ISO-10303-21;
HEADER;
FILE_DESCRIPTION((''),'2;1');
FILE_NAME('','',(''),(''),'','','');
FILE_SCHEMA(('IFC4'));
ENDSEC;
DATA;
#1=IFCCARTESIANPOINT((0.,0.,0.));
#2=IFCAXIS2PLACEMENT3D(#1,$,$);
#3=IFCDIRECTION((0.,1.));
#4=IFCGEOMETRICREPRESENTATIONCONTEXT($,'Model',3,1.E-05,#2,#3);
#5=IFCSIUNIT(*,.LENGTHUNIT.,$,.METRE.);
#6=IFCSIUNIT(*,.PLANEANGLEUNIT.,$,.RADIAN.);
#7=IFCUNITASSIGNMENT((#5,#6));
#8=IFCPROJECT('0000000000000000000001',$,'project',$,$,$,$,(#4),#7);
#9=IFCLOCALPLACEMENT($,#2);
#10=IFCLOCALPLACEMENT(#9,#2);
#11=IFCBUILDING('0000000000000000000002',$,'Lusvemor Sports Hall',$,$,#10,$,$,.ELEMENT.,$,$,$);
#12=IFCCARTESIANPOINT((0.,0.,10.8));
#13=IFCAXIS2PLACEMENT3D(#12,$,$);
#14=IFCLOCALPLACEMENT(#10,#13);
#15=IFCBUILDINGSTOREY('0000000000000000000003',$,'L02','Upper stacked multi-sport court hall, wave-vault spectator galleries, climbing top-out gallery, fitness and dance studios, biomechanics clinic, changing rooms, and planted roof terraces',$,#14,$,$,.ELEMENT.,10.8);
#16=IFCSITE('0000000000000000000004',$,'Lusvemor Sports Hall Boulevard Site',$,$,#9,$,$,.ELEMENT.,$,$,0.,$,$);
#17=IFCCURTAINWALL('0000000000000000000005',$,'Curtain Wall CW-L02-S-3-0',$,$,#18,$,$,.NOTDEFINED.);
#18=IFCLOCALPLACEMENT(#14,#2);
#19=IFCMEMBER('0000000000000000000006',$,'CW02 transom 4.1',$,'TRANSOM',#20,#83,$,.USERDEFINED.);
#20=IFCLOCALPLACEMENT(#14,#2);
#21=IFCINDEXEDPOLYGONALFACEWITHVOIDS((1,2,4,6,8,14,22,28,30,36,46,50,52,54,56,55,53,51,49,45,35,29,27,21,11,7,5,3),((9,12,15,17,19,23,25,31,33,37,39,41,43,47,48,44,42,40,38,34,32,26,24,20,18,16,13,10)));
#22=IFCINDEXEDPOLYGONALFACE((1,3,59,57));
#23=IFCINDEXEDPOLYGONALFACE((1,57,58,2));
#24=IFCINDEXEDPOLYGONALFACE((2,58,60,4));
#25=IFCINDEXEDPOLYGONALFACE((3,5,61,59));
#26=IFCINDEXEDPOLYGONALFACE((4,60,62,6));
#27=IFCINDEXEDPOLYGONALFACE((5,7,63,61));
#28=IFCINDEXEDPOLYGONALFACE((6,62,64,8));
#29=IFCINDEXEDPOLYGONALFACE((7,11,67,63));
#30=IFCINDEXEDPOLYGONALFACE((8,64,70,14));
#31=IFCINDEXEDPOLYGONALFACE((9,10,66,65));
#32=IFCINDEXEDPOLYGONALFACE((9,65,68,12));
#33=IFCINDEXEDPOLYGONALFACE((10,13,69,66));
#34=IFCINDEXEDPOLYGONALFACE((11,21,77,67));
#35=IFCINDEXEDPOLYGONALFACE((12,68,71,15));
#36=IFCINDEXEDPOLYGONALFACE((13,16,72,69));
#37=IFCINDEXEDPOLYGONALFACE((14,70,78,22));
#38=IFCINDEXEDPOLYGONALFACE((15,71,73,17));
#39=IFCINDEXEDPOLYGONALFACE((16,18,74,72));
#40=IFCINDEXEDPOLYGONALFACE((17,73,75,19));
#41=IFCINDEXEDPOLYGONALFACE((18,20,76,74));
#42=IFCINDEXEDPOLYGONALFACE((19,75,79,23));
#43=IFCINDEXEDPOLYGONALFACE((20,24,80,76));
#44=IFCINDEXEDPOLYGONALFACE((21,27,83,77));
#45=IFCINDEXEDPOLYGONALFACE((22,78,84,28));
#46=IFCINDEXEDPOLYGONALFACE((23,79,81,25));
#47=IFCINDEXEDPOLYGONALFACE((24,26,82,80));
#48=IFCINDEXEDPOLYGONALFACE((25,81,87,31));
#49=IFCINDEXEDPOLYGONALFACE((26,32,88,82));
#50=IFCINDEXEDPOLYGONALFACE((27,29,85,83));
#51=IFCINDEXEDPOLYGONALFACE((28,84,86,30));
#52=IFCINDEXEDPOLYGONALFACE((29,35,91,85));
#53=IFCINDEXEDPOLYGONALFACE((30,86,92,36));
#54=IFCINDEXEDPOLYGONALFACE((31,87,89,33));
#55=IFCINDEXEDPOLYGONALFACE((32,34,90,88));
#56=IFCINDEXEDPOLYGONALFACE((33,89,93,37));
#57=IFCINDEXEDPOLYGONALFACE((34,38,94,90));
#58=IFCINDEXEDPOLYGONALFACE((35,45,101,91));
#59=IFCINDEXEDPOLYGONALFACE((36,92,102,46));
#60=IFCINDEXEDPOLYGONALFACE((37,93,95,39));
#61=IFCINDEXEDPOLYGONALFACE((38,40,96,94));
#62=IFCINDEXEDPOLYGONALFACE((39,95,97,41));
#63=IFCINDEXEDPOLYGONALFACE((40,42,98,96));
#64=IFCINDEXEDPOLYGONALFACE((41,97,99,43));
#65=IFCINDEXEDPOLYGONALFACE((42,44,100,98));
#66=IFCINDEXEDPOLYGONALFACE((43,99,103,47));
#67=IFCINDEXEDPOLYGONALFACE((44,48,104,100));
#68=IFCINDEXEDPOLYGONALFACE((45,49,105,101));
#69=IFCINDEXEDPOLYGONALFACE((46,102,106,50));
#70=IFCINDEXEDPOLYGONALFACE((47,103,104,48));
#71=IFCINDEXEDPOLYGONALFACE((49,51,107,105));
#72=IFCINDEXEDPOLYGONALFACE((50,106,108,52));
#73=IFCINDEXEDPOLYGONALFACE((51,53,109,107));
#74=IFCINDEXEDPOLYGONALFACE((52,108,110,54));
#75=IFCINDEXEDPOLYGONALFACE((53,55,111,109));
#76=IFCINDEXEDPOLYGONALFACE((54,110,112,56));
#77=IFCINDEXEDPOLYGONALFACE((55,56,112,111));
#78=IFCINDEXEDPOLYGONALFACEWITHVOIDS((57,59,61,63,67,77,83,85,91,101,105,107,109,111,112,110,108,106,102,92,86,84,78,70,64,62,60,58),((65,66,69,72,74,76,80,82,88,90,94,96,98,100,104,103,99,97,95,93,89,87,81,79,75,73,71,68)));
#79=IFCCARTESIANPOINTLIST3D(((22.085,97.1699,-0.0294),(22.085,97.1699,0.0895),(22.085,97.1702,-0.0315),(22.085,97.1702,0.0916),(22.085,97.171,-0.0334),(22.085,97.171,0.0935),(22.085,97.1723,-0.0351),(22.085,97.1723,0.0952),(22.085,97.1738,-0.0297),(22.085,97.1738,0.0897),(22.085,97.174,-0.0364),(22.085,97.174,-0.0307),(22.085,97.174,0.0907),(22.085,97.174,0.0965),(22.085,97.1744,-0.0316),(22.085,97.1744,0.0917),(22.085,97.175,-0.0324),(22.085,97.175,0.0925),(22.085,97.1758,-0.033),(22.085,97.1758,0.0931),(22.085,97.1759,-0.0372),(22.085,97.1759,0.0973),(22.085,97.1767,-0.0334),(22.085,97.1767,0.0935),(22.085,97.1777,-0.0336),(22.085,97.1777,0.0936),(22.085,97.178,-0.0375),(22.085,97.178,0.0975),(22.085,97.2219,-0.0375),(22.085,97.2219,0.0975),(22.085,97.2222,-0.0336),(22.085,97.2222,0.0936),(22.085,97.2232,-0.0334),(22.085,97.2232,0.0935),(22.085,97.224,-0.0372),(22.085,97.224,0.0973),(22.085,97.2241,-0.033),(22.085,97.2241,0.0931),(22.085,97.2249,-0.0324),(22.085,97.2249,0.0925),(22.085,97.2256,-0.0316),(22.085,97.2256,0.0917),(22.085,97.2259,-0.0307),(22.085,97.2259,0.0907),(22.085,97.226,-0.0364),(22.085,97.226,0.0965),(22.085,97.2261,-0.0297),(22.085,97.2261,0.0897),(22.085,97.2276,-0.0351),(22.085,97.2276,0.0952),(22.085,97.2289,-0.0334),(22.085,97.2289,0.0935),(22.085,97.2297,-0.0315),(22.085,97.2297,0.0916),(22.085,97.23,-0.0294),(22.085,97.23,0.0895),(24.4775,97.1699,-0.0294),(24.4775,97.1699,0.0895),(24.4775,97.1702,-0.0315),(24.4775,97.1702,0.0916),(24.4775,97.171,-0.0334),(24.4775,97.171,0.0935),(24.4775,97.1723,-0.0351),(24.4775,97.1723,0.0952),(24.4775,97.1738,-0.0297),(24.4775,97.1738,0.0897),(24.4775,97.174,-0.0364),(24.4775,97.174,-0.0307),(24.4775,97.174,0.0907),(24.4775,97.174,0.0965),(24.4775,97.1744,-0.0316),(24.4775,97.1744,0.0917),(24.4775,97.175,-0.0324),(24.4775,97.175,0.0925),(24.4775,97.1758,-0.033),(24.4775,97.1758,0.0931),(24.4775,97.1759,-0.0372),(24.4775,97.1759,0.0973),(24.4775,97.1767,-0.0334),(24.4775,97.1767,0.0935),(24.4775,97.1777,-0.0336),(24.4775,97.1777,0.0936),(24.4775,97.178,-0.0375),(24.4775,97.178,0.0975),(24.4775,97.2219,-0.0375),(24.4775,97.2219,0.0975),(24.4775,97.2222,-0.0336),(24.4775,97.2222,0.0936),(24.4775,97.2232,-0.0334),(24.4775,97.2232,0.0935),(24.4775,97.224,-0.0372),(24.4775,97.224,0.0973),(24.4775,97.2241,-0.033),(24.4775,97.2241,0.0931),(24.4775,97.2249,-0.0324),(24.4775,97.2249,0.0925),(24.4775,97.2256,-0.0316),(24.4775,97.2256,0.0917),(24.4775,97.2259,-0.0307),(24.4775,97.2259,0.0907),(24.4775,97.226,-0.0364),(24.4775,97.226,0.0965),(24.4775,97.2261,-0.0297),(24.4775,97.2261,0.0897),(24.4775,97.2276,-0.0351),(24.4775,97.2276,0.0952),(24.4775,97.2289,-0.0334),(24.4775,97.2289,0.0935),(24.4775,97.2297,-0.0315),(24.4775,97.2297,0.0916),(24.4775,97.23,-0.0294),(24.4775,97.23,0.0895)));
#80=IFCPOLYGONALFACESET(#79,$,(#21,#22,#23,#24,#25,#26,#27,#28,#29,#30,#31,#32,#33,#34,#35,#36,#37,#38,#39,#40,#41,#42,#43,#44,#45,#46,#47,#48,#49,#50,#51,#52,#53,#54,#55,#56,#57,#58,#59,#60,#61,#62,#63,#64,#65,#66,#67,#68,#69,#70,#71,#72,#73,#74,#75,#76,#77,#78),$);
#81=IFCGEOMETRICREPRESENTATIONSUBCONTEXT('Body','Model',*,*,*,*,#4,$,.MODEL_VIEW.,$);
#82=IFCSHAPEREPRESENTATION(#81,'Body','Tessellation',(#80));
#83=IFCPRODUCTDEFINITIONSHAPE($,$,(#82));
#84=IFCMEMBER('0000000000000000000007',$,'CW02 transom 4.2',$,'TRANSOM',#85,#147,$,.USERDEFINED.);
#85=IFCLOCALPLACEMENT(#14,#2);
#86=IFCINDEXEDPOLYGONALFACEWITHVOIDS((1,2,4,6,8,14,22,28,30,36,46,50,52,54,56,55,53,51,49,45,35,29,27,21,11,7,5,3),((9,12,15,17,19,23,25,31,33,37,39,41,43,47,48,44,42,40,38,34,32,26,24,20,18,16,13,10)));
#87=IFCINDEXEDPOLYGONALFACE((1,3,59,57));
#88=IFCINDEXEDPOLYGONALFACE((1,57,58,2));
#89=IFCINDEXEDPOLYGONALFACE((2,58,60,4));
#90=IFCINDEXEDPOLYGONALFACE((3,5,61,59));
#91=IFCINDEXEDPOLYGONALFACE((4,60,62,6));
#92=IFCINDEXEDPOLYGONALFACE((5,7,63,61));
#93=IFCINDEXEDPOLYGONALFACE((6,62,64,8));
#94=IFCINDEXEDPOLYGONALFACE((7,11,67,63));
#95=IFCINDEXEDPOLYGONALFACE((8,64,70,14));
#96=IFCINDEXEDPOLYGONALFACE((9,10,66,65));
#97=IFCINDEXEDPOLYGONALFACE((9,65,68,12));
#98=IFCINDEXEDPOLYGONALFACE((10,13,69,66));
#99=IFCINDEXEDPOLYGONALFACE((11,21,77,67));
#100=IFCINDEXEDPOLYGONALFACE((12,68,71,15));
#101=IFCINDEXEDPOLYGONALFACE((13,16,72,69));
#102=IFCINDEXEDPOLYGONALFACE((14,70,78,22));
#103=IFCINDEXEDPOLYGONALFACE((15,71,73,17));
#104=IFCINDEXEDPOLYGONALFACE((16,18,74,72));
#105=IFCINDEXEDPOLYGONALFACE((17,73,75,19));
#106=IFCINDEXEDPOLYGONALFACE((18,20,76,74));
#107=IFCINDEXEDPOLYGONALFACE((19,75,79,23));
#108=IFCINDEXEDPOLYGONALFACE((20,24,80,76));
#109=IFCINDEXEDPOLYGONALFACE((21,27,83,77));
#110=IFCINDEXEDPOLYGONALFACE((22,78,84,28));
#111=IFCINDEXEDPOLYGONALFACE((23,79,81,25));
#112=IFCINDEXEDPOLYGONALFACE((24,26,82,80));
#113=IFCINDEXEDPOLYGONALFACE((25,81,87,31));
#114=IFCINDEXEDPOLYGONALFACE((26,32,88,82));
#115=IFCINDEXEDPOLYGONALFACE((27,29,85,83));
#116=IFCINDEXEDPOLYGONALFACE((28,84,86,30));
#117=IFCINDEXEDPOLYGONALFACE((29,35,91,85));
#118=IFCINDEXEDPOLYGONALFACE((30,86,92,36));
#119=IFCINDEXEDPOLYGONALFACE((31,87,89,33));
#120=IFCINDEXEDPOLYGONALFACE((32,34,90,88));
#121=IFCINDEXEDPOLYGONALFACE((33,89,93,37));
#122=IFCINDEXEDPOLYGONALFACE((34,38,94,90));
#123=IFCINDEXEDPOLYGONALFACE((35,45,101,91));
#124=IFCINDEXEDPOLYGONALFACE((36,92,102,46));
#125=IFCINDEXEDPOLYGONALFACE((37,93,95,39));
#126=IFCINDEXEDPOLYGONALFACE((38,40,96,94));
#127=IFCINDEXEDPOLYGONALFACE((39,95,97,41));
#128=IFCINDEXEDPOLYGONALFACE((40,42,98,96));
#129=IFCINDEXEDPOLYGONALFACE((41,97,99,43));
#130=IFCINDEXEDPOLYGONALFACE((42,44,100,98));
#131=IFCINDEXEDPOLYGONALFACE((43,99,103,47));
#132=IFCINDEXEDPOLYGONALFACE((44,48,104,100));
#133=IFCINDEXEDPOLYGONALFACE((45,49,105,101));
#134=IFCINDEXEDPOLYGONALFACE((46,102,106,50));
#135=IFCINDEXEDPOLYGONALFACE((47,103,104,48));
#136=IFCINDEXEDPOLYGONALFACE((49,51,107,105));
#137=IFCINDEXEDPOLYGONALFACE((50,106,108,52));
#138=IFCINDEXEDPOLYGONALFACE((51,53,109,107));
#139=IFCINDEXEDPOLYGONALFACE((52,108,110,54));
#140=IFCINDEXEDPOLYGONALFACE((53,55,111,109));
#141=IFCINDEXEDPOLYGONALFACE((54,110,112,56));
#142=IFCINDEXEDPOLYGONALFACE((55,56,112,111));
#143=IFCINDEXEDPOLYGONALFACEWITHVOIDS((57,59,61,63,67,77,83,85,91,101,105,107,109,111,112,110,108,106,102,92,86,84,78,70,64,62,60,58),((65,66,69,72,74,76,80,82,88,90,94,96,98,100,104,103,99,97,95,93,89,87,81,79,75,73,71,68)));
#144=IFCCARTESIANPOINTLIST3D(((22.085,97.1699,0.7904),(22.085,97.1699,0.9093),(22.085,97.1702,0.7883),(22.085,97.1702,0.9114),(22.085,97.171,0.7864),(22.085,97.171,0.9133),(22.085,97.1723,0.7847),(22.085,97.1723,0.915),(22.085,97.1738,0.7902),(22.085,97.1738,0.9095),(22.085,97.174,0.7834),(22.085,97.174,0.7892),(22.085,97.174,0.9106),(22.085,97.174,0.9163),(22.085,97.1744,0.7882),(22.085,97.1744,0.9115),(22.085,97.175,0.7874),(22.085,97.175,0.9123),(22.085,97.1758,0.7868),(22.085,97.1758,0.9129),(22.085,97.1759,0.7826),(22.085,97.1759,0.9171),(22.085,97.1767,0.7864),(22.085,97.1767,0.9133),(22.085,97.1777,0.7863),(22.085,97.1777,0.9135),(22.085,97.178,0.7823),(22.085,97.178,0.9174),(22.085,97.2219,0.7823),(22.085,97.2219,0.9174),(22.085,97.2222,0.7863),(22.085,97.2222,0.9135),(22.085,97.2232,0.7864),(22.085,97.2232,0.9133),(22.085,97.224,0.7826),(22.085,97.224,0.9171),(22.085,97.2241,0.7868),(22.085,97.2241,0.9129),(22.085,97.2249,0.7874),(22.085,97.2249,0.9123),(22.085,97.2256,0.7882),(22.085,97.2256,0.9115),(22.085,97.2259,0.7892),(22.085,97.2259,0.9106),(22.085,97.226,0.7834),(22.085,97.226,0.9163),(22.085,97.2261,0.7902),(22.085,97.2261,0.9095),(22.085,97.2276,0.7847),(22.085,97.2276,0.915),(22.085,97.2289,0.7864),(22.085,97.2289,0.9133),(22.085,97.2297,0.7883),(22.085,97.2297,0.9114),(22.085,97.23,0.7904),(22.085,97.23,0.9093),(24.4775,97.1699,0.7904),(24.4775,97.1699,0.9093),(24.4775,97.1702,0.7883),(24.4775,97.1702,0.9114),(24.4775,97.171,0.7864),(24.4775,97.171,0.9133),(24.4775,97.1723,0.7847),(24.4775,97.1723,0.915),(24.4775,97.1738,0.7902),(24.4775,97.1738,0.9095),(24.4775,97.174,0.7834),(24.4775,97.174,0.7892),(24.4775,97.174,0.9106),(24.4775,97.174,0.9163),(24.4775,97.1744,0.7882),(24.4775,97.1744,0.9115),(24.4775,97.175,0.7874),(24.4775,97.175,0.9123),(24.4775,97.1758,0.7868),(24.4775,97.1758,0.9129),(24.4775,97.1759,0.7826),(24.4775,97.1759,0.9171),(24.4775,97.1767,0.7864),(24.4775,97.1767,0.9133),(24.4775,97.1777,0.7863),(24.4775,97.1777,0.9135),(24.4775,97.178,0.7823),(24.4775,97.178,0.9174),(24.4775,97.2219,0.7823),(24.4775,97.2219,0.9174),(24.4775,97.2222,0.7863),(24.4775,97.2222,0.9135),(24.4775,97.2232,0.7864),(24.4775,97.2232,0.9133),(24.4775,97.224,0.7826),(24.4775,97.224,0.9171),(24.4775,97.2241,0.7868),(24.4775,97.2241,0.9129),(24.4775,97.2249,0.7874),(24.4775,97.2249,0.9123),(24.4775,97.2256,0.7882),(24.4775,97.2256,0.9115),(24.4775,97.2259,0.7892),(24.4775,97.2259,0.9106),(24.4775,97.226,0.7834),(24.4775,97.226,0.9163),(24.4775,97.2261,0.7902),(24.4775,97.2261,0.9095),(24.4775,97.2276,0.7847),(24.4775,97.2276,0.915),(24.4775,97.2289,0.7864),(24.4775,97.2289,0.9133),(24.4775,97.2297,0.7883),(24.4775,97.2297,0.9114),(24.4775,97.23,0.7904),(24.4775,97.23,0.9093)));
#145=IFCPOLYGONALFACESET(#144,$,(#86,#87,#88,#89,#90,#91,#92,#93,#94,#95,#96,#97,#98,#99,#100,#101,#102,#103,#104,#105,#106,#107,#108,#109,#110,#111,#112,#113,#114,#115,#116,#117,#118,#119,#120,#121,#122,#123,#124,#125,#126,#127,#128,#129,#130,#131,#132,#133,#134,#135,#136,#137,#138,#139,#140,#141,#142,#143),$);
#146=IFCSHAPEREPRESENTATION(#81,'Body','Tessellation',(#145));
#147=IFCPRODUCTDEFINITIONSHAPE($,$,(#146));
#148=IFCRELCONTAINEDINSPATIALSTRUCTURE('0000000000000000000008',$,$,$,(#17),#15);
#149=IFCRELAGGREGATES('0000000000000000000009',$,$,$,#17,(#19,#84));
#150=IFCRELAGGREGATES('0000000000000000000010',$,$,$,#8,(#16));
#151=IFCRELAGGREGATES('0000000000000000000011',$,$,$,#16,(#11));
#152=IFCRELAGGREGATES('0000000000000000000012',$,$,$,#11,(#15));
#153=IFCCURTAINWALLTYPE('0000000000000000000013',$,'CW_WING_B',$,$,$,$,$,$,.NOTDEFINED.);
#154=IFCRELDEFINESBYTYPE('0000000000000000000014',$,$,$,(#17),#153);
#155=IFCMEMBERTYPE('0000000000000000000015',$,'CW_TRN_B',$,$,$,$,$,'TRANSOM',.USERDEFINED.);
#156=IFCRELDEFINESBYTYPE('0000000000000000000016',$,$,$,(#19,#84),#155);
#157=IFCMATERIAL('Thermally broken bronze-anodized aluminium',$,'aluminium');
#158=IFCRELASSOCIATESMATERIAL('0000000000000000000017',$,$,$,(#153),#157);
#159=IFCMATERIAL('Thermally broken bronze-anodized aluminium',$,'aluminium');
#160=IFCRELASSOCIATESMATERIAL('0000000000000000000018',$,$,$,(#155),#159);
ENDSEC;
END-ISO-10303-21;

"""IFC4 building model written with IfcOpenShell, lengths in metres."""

from ifc_helpers import new_model, si_unit, direction, frame, origin, origin_2d, place, context, subcontext, project, spatial, hollow_rectangle, extrude, material, material_profile, profile_set, type_object, element, aggregate, save


model = new_model("IFC4")

# Units and contexts
model_context = context("Model", 3, precision=1e-05, world=origin(), true_north=direction((0.0, 1.0)))
body_context = subcontext(model_context, "Body", "Model", "MODEL_VIEW")
ifc_project = project(units=[si_unit("LENGTHUNIT", "METRE"), si_unit("PLANEANGLEUNIT", "RADIAN")], contexts=[model_context])

# Site, building, storey
site_placement = place(None, origin())
site = spatial("IfcSite", under=ifc_project, at=site_placement, Name="Lusvemor Sports Hall Boulevard Site", CompositionType="ELEMENT", RefElevation=0.0)
building_placement = place(site_placement, origin())
building = spatial("IfcBuilding", under=site, at=building_placement, Name="Lusvemor Sports Hall", CompositionType="ELEMENT")
storey_placement = place(building_placement, frame((0.0, 0.0, 10.8)))
storey = spatial("IfcBuildingStorey", under=building, at=storey_placement, Name="L02", Description="Upper stacked multi-sport court hall, wave-vault spectator galleries, climbing top-out gallery, fitness and dance studios, biomechanics clinic, changing rooms, and planted roof terraces", CompositionType="ELEMENT", Elevation=10.8)

# Curtain wall, members
ifc_material_1 = material(Name="Thermally broken bronze-anodized aluminium", Category="aluminium")
curtain_wall_type = type_object("IfcCurtainWallType", Name="CW_WING_B", PredefinedType="NOTDEFINED", material=ifc_material_1)
curtain_wall_placement = place(storey_placement, origin())
curtain_wall = element("IfcCurtainWall", 1, at=curtain_wall_placement, inside=storey, type_object=curtain_wall_type, Name="Curtain Wall CW-L02-S-3-0", PredefinedType="NOTDEFINED")
ifc_material_2 = material(Name="Thermally broken bronze-anodized aluminium", Category="aluminium")
ifc_material_profile_1 = material_profile(ifc_material_2, hollow_rectangle(XDim=0.0601, YDim=0.135, WallThickness=0.0039, InnerFilletRadius=0.0039, OuterFilletRadius=0.0081, at=origin_2d()), Name="CWTRN135x60x4")
ifc_profile_set_1 = profile_set([ifc_material_profile_1], Name="Thermally broken bronze-anodized aluminium")
member_type_1 = type_object("IfcMemberType", Name="CW_TRN_B", ElementType="TRANSOM", PredefinedType="USERDEFINED", material=ifc_profile_set_1)
member_1_placement = place(storey_placement, frame((24.4775, 97.2, 0.03), z_axis=(-1.0, 0.0, 0.0), x_axis=(0.0, -1.0, 0.0)))
member_1 = element("IfcMember", 2, at=member_1_placement, type_object=member_type_1, Name="CW02 transom 4.1", ObjectType="TRANSOM", PredefinedType="USERDEFINED", context=body_context, shape_type="SweptSolid", body=[
    extrude(hollow_rectangle(XDim=0.0601, YDim=0.135, WallThickness=0.0039, InnerFilletRadius=0.0039, OuterFilletRadius=0.0081, at=origin_2d()), origin(), (0.0, 0.0, 1.0), 2.3926),
])
member_2_placement = place(storey_placement, frame((24.4775, 97.2, 0.8499), z_axis=(-1.0, 0.0, 0.0), x_axis=(0.0, -1.0, 0.0)))
member_2 = element("IfcMember", 3, at=member_2_placement, type_object=member_type_1, Name="CW02 transom 4.2", ObjectType="TRANSOM", PredefinedType="USERDEFINED", context=body_context, shape_type="SweptSolid", body=[
    extrude(hollow_rectangle(XDim=0.0601, YDim=0.135, WallThickness=0.0039, InnerFilletRadius=0.0039, OuterFilletRadius=0.0081, at=origin_2d()), origin(), (0.0, 0.0, 1.0), 2.3926),
])

aggregate(curtain_wall, [member_1, member_2])

save(model, "model.ifc")
